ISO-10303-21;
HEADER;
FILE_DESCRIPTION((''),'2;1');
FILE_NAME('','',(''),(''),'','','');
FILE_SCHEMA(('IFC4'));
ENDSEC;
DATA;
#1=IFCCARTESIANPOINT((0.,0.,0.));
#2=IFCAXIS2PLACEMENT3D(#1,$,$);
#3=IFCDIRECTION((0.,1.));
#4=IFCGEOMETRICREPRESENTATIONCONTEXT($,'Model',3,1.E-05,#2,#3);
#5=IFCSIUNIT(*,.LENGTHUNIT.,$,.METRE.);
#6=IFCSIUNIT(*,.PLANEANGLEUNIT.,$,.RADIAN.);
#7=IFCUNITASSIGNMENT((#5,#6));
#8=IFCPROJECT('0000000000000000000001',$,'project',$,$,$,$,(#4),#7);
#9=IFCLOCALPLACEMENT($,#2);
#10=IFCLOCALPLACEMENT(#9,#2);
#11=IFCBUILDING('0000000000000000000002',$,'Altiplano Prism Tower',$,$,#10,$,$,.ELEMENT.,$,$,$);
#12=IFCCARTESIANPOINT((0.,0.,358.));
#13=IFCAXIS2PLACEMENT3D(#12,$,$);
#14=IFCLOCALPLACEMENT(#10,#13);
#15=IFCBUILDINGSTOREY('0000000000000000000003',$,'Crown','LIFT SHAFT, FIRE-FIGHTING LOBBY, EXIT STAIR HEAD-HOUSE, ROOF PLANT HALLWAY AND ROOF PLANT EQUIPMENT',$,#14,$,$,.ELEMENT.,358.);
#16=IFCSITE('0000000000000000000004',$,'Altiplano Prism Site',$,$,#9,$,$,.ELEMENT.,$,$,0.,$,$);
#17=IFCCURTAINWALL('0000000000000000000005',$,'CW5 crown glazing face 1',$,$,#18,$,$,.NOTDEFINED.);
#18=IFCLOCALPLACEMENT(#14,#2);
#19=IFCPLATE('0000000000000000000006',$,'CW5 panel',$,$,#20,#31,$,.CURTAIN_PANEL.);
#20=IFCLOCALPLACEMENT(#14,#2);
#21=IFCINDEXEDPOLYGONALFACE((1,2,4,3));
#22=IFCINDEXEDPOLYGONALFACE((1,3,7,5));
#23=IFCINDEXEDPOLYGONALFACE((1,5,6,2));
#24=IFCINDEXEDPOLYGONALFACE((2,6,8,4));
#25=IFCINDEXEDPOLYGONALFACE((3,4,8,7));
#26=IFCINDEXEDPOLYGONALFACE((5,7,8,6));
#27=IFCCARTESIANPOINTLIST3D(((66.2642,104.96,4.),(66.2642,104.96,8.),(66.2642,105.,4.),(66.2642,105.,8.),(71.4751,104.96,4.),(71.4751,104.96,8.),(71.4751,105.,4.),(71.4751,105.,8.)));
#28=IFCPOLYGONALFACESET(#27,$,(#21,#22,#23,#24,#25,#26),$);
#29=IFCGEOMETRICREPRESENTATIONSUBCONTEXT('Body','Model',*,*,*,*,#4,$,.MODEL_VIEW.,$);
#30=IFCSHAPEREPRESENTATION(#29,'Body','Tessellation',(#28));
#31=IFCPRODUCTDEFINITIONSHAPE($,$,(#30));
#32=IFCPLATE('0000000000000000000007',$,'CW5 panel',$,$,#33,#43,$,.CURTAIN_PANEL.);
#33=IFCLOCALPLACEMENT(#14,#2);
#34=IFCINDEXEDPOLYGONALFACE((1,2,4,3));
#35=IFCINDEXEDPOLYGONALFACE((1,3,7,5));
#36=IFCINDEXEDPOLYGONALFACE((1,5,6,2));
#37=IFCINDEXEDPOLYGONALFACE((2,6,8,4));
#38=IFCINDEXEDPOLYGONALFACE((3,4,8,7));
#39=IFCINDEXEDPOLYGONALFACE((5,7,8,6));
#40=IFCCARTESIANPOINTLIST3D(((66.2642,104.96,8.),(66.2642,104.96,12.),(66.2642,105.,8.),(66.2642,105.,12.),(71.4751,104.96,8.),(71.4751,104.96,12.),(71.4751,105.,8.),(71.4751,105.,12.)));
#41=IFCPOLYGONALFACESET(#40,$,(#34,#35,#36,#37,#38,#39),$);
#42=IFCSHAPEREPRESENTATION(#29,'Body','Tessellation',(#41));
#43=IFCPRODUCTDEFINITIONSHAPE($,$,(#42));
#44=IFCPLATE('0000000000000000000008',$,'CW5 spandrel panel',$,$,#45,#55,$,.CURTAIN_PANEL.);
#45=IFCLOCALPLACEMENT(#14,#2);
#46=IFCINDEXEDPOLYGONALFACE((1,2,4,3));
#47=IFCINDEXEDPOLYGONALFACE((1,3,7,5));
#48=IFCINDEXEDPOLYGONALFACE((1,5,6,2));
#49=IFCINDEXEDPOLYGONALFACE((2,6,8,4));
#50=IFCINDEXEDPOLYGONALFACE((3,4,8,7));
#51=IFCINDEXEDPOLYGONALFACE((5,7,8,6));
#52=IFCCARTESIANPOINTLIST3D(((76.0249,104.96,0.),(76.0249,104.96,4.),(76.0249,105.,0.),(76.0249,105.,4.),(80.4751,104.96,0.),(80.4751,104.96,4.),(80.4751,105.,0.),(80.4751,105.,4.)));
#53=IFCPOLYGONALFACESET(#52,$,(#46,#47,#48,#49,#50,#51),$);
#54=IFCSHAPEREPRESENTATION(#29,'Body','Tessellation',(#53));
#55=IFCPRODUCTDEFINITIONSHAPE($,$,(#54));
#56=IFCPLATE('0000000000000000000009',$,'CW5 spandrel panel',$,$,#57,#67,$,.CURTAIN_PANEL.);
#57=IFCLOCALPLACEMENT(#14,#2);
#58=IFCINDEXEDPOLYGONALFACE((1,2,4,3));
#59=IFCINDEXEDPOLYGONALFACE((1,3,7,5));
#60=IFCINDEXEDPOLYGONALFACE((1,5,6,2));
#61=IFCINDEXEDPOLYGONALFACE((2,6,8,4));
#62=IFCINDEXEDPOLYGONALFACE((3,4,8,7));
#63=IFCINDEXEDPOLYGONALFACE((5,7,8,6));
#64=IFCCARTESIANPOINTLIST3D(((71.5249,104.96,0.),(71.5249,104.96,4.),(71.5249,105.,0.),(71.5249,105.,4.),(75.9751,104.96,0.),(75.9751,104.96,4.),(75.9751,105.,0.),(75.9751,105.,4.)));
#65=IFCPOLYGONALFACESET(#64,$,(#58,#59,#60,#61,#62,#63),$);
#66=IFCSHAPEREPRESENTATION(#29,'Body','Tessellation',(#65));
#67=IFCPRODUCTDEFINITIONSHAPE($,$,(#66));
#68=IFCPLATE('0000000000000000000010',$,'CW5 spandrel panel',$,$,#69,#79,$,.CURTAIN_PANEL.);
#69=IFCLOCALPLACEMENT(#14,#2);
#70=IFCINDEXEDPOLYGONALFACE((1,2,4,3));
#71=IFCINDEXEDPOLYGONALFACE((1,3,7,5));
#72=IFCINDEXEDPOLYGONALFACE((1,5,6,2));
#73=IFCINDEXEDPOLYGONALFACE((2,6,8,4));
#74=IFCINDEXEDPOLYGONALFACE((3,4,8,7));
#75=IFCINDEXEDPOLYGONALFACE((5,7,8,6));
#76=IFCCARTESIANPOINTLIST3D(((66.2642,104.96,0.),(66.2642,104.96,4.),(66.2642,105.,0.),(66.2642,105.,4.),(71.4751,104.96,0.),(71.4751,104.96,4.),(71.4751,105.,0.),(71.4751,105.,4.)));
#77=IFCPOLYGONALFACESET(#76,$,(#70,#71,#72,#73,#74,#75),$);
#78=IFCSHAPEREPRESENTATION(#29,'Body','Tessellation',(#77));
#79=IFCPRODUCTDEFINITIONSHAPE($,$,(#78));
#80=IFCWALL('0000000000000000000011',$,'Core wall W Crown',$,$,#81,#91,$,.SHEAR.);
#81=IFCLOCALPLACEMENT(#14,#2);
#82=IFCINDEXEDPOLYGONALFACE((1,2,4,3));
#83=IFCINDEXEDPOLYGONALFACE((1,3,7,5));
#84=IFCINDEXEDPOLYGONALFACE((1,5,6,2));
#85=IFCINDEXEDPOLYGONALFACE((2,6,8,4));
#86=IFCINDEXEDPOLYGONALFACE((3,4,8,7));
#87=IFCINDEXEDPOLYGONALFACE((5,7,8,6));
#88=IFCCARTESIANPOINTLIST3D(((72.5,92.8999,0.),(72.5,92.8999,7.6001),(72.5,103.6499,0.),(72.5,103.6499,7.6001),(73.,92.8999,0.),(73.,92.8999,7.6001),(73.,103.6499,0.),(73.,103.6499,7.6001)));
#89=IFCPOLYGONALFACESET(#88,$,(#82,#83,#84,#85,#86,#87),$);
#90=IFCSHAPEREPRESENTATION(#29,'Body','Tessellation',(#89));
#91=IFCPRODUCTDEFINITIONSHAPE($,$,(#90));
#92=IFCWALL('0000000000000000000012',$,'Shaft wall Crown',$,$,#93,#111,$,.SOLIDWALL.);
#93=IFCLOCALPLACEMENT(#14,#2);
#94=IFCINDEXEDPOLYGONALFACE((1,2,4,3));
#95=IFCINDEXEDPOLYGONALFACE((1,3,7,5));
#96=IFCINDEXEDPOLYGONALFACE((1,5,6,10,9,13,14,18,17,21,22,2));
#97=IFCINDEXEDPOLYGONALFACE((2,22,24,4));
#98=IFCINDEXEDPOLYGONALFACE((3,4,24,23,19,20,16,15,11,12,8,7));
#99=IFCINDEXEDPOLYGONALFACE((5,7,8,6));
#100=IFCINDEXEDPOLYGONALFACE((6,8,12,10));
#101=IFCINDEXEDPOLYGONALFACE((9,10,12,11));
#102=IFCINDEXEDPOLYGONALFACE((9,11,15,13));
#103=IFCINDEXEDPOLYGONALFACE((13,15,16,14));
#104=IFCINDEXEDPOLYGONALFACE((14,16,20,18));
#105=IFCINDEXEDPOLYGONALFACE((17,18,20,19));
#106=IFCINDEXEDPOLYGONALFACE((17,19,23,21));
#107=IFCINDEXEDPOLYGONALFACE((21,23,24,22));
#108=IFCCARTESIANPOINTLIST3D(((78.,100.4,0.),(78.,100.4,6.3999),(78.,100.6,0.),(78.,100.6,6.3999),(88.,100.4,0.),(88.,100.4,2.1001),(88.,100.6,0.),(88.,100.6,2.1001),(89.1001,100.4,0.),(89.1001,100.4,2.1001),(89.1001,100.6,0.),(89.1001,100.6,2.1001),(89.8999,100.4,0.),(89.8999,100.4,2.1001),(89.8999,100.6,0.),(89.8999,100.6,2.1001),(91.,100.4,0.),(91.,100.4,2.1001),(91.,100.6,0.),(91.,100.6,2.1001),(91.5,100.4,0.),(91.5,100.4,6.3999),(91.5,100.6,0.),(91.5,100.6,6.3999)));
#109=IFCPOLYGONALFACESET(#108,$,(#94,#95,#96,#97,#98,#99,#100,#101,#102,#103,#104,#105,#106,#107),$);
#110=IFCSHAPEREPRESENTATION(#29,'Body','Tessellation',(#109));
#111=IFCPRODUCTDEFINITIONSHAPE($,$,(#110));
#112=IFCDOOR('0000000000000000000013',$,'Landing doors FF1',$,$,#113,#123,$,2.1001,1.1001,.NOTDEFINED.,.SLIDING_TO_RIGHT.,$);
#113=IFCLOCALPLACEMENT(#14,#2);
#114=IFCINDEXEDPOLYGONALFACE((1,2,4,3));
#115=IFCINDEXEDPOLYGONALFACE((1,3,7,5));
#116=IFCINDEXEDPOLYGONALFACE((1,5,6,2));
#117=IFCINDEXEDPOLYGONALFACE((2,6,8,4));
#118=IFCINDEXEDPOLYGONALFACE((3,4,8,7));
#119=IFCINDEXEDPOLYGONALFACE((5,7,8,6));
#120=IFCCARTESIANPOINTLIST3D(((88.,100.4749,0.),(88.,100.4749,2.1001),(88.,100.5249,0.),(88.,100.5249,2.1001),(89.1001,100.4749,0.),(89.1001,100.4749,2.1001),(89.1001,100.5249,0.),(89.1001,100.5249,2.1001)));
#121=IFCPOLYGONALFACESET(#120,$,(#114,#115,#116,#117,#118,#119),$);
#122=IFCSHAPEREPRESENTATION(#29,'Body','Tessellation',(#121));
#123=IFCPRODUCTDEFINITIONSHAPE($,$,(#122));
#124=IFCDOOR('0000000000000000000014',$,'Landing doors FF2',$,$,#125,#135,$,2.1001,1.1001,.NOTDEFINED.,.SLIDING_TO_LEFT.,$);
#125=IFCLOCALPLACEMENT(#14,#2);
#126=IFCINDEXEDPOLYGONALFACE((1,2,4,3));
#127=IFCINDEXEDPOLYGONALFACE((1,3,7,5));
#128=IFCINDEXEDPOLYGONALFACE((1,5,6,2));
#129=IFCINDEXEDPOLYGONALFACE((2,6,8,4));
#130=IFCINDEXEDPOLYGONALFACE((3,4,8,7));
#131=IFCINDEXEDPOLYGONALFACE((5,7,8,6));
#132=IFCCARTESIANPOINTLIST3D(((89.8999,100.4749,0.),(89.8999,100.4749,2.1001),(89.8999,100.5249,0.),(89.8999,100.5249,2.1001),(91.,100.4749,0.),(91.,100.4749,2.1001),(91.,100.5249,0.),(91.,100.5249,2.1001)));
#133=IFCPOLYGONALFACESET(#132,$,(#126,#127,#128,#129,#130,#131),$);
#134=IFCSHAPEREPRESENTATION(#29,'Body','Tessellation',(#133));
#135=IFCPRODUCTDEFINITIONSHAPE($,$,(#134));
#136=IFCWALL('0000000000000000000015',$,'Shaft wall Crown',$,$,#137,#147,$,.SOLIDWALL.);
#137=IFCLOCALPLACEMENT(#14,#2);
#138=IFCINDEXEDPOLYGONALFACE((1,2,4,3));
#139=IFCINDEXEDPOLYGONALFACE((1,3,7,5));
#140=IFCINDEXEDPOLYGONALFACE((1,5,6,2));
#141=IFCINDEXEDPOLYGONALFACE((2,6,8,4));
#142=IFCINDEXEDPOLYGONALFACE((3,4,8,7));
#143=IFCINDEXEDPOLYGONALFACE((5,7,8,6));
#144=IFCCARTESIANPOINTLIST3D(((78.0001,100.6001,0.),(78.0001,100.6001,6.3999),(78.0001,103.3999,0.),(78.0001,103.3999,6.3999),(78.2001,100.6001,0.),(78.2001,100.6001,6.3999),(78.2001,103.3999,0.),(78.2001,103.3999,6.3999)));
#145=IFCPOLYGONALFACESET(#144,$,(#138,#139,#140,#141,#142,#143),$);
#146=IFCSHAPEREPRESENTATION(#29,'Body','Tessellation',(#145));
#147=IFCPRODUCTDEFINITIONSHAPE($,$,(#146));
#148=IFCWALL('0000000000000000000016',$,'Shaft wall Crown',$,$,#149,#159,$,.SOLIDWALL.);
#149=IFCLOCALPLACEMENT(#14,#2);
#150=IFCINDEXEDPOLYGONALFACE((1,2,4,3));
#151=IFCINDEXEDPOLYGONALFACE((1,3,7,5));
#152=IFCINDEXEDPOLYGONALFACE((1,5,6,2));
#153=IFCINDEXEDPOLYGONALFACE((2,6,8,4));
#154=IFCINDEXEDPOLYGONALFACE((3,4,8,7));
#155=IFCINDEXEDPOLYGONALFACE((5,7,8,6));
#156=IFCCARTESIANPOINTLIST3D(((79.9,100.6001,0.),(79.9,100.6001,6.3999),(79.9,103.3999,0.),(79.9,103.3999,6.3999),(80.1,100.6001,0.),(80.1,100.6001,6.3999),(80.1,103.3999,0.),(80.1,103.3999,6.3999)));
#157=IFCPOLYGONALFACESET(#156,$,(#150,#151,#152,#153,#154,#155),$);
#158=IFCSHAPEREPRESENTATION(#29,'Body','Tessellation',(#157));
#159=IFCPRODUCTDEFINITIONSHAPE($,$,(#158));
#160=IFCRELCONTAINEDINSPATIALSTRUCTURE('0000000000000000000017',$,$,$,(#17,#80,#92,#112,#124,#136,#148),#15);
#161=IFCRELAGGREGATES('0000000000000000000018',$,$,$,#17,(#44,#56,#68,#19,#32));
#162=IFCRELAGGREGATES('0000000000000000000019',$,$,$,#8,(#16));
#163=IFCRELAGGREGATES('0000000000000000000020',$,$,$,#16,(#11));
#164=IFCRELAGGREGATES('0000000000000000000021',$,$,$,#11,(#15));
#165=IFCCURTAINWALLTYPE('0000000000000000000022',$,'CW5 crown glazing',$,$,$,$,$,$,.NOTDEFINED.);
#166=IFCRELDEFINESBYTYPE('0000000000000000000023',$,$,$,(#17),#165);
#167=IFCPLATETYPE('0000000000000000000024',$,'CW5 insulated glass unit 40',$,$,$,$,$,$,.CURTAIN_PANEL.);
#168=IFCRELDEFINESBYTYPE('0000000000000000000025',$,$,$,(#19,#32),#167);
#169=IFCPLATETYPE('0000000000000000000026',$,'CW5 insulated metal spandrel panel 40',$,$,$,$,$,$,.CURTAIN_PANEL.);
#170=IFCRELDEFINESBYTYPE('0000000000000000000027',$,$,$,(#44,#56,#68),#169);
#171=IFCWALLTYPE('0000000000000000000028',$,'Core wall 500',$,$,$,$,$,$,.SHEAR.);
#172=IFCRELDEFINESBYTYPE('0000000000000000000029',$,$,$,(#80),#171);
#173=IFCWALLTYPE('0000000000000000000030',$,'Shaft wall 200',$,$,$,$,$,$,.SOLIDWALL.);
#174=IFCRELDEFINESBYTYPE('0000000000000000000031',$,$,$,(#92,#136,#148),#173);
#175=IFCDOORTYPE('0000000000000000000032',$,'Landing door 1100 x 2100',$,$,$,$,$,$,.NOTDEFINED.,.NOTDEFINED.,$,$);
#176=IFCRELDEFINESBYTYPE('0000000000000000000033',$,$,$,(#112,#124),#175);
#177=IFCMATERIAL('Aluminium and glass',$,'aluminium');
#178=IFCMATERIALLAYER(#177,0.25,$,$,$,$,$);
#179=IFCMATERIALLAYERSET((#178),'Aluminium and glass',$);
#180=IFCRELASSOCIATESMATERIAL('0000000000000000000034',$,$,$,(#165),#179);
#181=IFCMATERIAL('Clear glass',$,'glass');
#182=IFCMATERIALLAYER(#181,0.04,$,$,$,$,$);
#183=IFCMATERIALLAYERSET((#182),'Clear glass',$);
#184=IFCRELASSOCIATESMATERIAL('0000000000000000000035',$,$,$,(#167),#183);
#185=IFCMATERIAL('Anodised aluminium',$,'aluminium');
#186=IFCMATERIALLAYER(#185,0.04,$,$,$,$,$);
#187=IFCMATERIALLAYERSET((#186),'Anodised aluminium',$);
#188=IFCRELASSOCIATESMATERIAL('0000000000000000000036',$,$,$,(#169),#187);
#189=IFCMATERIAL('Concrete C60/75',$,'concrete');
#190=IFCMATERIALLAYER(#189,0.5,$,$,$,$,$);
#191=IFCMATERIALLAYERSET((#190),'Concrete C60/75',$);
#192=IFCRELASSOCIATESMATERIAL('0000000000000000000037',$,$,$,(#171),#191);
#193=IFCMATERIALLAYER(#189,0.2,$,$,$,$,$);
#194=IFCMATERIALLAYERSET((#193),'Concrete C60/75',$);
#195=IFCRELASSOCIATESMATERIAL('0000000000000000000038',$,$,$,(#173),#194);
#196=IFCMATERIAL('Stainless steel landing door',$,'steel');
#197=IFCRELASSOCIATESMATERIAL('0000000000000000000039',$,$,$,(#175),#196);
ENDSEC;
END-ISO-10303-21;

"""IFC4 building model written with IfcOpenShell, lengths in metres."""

from ifc_helpers import new_model, si_unit, direction, frame, frame_2d, origin, place, context, subcontext, project, spatial, polyline, rectangle, outline, extrude, material, layer, layer_set, type_object, element, fill, aggregate, save


model = new_model("IFC4")

# Units and contexts
model_context = context("Model", 3, precision=1e-05, world=origin(), true_north=direction((0.0, 1.0)))
body_context = subcontext(model_context, "Body", "Model", "MODEL_VIEW")
ifc_project = project(units=[si_unit("LENGTHUNIT", "METRE"), si_unit("PLANEANGLEUNIT", "RADIAN")], contexts=[model_context])

# Site, building, storey
site_placement = place(None, origin())
site = spatial("IfcSite", under=ifc_project, at=site_placement, Name="Altiplano Prism Site", CompositionType="ELEMENT", RefElevation=0.0)
building_placement = place(site_placement, origin())
building = spatial("IfcBuilding", under=site, at=building_placement, Name="Altiplano Prism Tower", CompositionType="ELEMENT")
storey_placement = place(building_placement, frame((0.0, 0.0, 358.0)))
storey = spatial("IfcBuildingStorey", under=building, at=storey_placement, Name="Crown", Description="LIFT SHAFT, FIRE-FIGHTING LOBBY, EXIT STAIR HEAD-HOUSE, ROOF PLANT HALLWAY AND ROOF PLANT EQUIPMENT", CompositionType="ELEMENT", Elevation=358.0)

# Curtain wall
ifc_material_1 = material(Name="Aluminium and glass", Category="aluminium")
ifc_layer_1 = layer(ifc_material_1, 0.25)
ifc_layer_set_1 = layer_set([ifc_layer_1], Name="Aluminium and glass")
curtain_wall_type = type_object("IfcCurtainWallType", Name="CW5 crown glazing", PredefinedType="NOTDEFINED", material=ifc_layer_set_1)
curtain_wall_placement = place(storey_placement, origin())
curtain_wall = element("IfcCurtainWall", 1, at=curtain_wall_placement, inside=storey, type_object=curtain_wall_type, Name="CW5 crown glazing face 1", PredefinedType="NOTDEFINED")

# Plates
ifc_material_2 = material(Name="Clear glass", Category="glass")
ifc_layer_2 = layer(ifc_material_2, 0.04)
ifc_layer_set_2 = layer_set([ifc_layer_2], Name="Clear glass")
plate_type_1 = type_object("IfcPlateType", Name="CW5 insulated glass unit 40", PredefinedType="CURTAIN_PANEL", material=ifc_layer_set_2)
plate_1_placement = place(storey_placement, frame((71.4751, 105.0, 4.0), z_axis=(0.0, 1.0, 0.0), x_axis=(-1.0, 0.0, 0.0)))
plate_1 = element("IfcPlate", 2, at=plate_1_placement, type_object=plate_type_1, Name="CW5 panel", PredefinedType="CURTAIN_PANEL", context=body_context, shape_type="SweptSolid", body=[
    extrude(outline(polyline([(0.0, 0.0), (5.2109, 0.0), (5.2109, 4.0), (0.0, 4.0), (0.0, 0.0)])), origin(), (0.0, 0.0, -1.0), 0.04),
])
plate_2_placement = place(storey_placement, frame((71.4751, 105.0, 8.0), z_axis=(0.0, 1.0, 0.0), x_axis=(-1.0, 0.0, 0.0)))
plate_2 = element("IfcPlate", 3, at=plate_2_placement, type_object=plate_type_1, Name="CW5 panel", PredefinedType="CURTAIN_PANEL", context=body_context, shape_type="SweptSolid", body=[
    extrude(outline(polyline([(0.0, 0.0), (5.2109, 0.0), (5.2109, 4.0), (0.0, 4.0), (0.0, 0.0)])), origin(), (0.0, 0.0, -1.0), 0.04),
])
ifc_material_3 = material(Name="Anodised aluminium", Category="aluminium")
ifc_layer_3 = layer(ifc_material_3, 0.04)
ifc_layer_set_3 = layer_set([ifc_layer_3], Name="Anodised aluminium")
plate_type_2 = type_object("IfcPlateType", Name="CW5 insulated metal spandrel panel 40", PredefinedType="CURTAIN_PANEL", material=ifc_layer_set_3)
plate_3_placement = place(storey_placement, frame((80.4751, 105.0, 0.0), z_axis=(0.0, 1.0, 0.0), x_axis=(-1.0, 0.0, 0.0)))
plate_3 = element("IfcPlate", 4, at=plate_3_placement, type_object=plate_type_2, Name="CW5 spandrel panel", PredefinedType="CURTAIN_PANEL", context=body_context, shape_type="SweptSolid", body=[
    extrude(outline(polyline([(0.0, 0.0), (4.4502, 0.0), (4.4502, 4.0), (0.0, 4.0), (0.0, 0.0)])), origin(), (0.0, 0.0, -1.0), 0.04),
])
plate_4_placement = place(storey_placement, frame((75.9751, 105.0, 0.0), z_axis=(0.0, 1.0, 0.0), x_axis=(-1.0, 0.0, 0.0)))
plate_4 = element("IfcPlate", 5, at=plate_4_placement, type_object=plate_type_2, Name="CW5 spandrel panel", PredefinedType="CURTAIN_PANEL", context=body_context, shape_type="SweptSolid", body=[
    extrude(outline(polyline([(0.0, 0.0), (4.4502, 0.0), (4.4502, 4.0), (0.0, 4.0), (0.0, 0.0)])), origin(), (0.0, 0.0, -1.0), 0.04),
])
plate_5_placement = place(storey_placement, frame((71.4751, 105.0, 0.0), z_axis=(0.0, 1.0, 0.0), x_axis=(-1.0, 0.0, 0.0)))
plate_5 = element("IfcPlate", 6, at=plate_5_placement, type_object=plate_type_2, Name="CW5 spandrel panel", PredefinedType="CURTAIN_PANEL", context=body_context, shape_type="SweptSolid", body=[
    extrude(outline(polyline([(0.0, 0.0), (5.2109, 0.0), (5.2109, 4.0), (0.0, 4.0), (0.0, 0.0)])), origin(), (0.0, 0.0, -1.0), 0.04),
])
aggregate(curtain_wall, [plate_3, plate_4, plate_5, plate_1, plate_2])

# Wall
ifc_material_4 = material(Name="Concrete C60/75", Category="concrete")
ifc_layer_4 = layer(ifc_material_4, 0.5)
ifc_layer_set_4 = layer_set([ifc_layer_4], Name="Concrete C60/75")
wall_type_1 = type_object("IfcWallType", Name="Core wall 500", PredefinedType="SHEAR", material=ifc_layer_set_4)
wall_1_placement = place(storey_placement, frame((72.75, 103.6499, 0.0), z_axis=(0.0, 0.0, 1.0), x_axis=(0.0, -1.0, 0.0)))
element("IfcWall", 7, at=wall_1_placement, inside=storey, type_object=wall_type_1, Name="Core wall W Crown", PredefinedType="SHEAR", context=body_context, shape_type="SweptSolid", body=[
    extrude(rectangle(XDim=10.75, YDim=0.5, at=frame_2d((5.375, 0.0))), origin(), (0.0, 0.0, 1.0), 7.6001),
])

# Wall, openings, doors
ifc_layer_5 = layer(ifc_material_4, 0.2)
ifc_layer_set_5 = layer_set([ifc_layer_5], Name="Concrete C60/75")
wall_type_2 = type_object("IfcWallType", Name="Shaft wall 200", PredefinedType="SOLIDWALL", material=ifc_layer_set_5)
wall_2_placement = place(storey_placement, frame((78.0, 100.5, 0.0), z_axis=(0.0, 0.0, 1.0), x_axis=(1.0, 0.0, 0.0)))
wall_2 = element("IfcWall", 8, at=wall_2_placement, inside=storey, type_object=wall_type_2, Name="Shaft wall Crown", PredefinedType="SOLIDWALL", context=body_context, shape_type="SweptSolid", body=[
    extrude(rectangle(XDim=13.5, YDim=0.2, at=frame_2d((6.75, 0.0))), origin(), (0.0, 0.0, 1.0), 6.3999),
])
opening_1_placement = place(wall_2_placement, frame((10.0, 0.0, 0.0)))
opening_1 = element("IfcOpeningElement", 9, at=opening_1_placement, cuts=wall_2, PredefinedType="OPENING", context=body_context, shape_type="SweptSolid", body=[
    extrude(rectangle(XDim=1.1001, YDim=2.1001, at=frame_2d((0.55, 1.05))), frame((0.0, 0.1104, 0.0), z_axis=(0.0, -1.0, 0.0), x_axis=(1.0, 0.0, 0.0)), (0.0, 0.0, 1.0), 0.2209),
])
opening_2_placement = place(wall_2_placement, frame((11.8999, 0.0, 0.0)))
opening_2 = element("IfcOpeningElement", 10, at=opening_2_placement, cuts=wall_2, PredefinedType="OPENING", context=body_context, shape_type="SweptSolid", body=[
    extrude(rectangle(XDim=1.1001, YDim=2.1001, at=frame_2d((0.55, 1.05))), frame((0.0, 0.1104, 0.0), z_axis=(0.0, -1.0, 0.0), x_axis=(1.0, 0.0, 0.0)), (0.0, 0.0, 1.0), 0.2209),
])
ifc_material_5 = material(Name="Stainless steel landing door", Category="steel")
door_type = type_object("IfcDoorType", Name="Landing door 1100 x 2100", OperationType="NOTDEFINED", PredefinedType="NOTDEFINED", material=ifc_material_5)
door_1_placement = place(opening_1_placement, origin())
door_1 = element("IfcDoor", 11, at=door_1_placement, inside=storey, type_object=door_type, Name="Landing doors FF1", OperationType="SLIDING_TO_RIGHT", OverallHeight=2.1001, OverallWidth=1.1001, PredefinedType="NOTDEFINED", context=body_context, shape_type="SweptSolid", body=[
    extrude(rectangle(XDim=1.1001, YDim=2.1001, at=frame_2d((0.55, 1.05))), frame((0.0, 0.0249, 0.0), z_axis=(0.0, -1.0, 0.0), x_axis=(1.0, 0.0, 0.0)), (0.0, 0.0, 1.0), 0.05),
])
fill(opening_1, door_1)
door_2_placement = place(opening_2_placement, origin())
door_2 = element("IfcDoor", 12, at=door_2_placement, inside=storey, type_object=door_type, Name="Landing doors FF2", OperationType="SLIDING_TO_LEFT", OverallHeight=2.1001, OverallWidth=1.1001, PredefinedType="NOTDEFINED", context=body_context, shape_type="SweptSolid", body=[
    extrude(rectangle(XDim=1.1001, YDim=2.1001, at=frame_2d((0.55, 1.05))), frame((0.0, 0.0249, 0.0), z_axis=(0.0, -1.0, 0.0), x_axis=(1.0, 0.0, 0.0)), (0.0, 0.0, 1.0), 0.05),
])
fill(opening_2, door_2)

# Walls
for number, where, z_axis, x_axis, name in (
    (13, (78.1001, 100.6001, 0.0), (0.0, 0.0, 1.0), (0.0, 1.0, 0.0), "Shaft wall Crown"),
    (14, (80.0, 100.6001, 0.0), (0.0, 0.0, 1.0), (0.0, 1.0, 0.0), "Shaft wall Crown"),
):
    element("IfcWall", number, at=place(storey_placement, frame(where, z_axis=z_axis, x_axis=x_axis)), inside=storey, type_object=wall_type_2, Name=name, PredefinedType="SOLIDWALL", context=body_context, shape_type="SweptSolid", body=[
        extrude(rectangle(XDim=2.7998, YDim=0.2, at=frame_2d((1.3999, 0.0))), origin(), (0.0, 0.0, 1.0), 6.3999),
    ])

save(model, "model.ifc")
